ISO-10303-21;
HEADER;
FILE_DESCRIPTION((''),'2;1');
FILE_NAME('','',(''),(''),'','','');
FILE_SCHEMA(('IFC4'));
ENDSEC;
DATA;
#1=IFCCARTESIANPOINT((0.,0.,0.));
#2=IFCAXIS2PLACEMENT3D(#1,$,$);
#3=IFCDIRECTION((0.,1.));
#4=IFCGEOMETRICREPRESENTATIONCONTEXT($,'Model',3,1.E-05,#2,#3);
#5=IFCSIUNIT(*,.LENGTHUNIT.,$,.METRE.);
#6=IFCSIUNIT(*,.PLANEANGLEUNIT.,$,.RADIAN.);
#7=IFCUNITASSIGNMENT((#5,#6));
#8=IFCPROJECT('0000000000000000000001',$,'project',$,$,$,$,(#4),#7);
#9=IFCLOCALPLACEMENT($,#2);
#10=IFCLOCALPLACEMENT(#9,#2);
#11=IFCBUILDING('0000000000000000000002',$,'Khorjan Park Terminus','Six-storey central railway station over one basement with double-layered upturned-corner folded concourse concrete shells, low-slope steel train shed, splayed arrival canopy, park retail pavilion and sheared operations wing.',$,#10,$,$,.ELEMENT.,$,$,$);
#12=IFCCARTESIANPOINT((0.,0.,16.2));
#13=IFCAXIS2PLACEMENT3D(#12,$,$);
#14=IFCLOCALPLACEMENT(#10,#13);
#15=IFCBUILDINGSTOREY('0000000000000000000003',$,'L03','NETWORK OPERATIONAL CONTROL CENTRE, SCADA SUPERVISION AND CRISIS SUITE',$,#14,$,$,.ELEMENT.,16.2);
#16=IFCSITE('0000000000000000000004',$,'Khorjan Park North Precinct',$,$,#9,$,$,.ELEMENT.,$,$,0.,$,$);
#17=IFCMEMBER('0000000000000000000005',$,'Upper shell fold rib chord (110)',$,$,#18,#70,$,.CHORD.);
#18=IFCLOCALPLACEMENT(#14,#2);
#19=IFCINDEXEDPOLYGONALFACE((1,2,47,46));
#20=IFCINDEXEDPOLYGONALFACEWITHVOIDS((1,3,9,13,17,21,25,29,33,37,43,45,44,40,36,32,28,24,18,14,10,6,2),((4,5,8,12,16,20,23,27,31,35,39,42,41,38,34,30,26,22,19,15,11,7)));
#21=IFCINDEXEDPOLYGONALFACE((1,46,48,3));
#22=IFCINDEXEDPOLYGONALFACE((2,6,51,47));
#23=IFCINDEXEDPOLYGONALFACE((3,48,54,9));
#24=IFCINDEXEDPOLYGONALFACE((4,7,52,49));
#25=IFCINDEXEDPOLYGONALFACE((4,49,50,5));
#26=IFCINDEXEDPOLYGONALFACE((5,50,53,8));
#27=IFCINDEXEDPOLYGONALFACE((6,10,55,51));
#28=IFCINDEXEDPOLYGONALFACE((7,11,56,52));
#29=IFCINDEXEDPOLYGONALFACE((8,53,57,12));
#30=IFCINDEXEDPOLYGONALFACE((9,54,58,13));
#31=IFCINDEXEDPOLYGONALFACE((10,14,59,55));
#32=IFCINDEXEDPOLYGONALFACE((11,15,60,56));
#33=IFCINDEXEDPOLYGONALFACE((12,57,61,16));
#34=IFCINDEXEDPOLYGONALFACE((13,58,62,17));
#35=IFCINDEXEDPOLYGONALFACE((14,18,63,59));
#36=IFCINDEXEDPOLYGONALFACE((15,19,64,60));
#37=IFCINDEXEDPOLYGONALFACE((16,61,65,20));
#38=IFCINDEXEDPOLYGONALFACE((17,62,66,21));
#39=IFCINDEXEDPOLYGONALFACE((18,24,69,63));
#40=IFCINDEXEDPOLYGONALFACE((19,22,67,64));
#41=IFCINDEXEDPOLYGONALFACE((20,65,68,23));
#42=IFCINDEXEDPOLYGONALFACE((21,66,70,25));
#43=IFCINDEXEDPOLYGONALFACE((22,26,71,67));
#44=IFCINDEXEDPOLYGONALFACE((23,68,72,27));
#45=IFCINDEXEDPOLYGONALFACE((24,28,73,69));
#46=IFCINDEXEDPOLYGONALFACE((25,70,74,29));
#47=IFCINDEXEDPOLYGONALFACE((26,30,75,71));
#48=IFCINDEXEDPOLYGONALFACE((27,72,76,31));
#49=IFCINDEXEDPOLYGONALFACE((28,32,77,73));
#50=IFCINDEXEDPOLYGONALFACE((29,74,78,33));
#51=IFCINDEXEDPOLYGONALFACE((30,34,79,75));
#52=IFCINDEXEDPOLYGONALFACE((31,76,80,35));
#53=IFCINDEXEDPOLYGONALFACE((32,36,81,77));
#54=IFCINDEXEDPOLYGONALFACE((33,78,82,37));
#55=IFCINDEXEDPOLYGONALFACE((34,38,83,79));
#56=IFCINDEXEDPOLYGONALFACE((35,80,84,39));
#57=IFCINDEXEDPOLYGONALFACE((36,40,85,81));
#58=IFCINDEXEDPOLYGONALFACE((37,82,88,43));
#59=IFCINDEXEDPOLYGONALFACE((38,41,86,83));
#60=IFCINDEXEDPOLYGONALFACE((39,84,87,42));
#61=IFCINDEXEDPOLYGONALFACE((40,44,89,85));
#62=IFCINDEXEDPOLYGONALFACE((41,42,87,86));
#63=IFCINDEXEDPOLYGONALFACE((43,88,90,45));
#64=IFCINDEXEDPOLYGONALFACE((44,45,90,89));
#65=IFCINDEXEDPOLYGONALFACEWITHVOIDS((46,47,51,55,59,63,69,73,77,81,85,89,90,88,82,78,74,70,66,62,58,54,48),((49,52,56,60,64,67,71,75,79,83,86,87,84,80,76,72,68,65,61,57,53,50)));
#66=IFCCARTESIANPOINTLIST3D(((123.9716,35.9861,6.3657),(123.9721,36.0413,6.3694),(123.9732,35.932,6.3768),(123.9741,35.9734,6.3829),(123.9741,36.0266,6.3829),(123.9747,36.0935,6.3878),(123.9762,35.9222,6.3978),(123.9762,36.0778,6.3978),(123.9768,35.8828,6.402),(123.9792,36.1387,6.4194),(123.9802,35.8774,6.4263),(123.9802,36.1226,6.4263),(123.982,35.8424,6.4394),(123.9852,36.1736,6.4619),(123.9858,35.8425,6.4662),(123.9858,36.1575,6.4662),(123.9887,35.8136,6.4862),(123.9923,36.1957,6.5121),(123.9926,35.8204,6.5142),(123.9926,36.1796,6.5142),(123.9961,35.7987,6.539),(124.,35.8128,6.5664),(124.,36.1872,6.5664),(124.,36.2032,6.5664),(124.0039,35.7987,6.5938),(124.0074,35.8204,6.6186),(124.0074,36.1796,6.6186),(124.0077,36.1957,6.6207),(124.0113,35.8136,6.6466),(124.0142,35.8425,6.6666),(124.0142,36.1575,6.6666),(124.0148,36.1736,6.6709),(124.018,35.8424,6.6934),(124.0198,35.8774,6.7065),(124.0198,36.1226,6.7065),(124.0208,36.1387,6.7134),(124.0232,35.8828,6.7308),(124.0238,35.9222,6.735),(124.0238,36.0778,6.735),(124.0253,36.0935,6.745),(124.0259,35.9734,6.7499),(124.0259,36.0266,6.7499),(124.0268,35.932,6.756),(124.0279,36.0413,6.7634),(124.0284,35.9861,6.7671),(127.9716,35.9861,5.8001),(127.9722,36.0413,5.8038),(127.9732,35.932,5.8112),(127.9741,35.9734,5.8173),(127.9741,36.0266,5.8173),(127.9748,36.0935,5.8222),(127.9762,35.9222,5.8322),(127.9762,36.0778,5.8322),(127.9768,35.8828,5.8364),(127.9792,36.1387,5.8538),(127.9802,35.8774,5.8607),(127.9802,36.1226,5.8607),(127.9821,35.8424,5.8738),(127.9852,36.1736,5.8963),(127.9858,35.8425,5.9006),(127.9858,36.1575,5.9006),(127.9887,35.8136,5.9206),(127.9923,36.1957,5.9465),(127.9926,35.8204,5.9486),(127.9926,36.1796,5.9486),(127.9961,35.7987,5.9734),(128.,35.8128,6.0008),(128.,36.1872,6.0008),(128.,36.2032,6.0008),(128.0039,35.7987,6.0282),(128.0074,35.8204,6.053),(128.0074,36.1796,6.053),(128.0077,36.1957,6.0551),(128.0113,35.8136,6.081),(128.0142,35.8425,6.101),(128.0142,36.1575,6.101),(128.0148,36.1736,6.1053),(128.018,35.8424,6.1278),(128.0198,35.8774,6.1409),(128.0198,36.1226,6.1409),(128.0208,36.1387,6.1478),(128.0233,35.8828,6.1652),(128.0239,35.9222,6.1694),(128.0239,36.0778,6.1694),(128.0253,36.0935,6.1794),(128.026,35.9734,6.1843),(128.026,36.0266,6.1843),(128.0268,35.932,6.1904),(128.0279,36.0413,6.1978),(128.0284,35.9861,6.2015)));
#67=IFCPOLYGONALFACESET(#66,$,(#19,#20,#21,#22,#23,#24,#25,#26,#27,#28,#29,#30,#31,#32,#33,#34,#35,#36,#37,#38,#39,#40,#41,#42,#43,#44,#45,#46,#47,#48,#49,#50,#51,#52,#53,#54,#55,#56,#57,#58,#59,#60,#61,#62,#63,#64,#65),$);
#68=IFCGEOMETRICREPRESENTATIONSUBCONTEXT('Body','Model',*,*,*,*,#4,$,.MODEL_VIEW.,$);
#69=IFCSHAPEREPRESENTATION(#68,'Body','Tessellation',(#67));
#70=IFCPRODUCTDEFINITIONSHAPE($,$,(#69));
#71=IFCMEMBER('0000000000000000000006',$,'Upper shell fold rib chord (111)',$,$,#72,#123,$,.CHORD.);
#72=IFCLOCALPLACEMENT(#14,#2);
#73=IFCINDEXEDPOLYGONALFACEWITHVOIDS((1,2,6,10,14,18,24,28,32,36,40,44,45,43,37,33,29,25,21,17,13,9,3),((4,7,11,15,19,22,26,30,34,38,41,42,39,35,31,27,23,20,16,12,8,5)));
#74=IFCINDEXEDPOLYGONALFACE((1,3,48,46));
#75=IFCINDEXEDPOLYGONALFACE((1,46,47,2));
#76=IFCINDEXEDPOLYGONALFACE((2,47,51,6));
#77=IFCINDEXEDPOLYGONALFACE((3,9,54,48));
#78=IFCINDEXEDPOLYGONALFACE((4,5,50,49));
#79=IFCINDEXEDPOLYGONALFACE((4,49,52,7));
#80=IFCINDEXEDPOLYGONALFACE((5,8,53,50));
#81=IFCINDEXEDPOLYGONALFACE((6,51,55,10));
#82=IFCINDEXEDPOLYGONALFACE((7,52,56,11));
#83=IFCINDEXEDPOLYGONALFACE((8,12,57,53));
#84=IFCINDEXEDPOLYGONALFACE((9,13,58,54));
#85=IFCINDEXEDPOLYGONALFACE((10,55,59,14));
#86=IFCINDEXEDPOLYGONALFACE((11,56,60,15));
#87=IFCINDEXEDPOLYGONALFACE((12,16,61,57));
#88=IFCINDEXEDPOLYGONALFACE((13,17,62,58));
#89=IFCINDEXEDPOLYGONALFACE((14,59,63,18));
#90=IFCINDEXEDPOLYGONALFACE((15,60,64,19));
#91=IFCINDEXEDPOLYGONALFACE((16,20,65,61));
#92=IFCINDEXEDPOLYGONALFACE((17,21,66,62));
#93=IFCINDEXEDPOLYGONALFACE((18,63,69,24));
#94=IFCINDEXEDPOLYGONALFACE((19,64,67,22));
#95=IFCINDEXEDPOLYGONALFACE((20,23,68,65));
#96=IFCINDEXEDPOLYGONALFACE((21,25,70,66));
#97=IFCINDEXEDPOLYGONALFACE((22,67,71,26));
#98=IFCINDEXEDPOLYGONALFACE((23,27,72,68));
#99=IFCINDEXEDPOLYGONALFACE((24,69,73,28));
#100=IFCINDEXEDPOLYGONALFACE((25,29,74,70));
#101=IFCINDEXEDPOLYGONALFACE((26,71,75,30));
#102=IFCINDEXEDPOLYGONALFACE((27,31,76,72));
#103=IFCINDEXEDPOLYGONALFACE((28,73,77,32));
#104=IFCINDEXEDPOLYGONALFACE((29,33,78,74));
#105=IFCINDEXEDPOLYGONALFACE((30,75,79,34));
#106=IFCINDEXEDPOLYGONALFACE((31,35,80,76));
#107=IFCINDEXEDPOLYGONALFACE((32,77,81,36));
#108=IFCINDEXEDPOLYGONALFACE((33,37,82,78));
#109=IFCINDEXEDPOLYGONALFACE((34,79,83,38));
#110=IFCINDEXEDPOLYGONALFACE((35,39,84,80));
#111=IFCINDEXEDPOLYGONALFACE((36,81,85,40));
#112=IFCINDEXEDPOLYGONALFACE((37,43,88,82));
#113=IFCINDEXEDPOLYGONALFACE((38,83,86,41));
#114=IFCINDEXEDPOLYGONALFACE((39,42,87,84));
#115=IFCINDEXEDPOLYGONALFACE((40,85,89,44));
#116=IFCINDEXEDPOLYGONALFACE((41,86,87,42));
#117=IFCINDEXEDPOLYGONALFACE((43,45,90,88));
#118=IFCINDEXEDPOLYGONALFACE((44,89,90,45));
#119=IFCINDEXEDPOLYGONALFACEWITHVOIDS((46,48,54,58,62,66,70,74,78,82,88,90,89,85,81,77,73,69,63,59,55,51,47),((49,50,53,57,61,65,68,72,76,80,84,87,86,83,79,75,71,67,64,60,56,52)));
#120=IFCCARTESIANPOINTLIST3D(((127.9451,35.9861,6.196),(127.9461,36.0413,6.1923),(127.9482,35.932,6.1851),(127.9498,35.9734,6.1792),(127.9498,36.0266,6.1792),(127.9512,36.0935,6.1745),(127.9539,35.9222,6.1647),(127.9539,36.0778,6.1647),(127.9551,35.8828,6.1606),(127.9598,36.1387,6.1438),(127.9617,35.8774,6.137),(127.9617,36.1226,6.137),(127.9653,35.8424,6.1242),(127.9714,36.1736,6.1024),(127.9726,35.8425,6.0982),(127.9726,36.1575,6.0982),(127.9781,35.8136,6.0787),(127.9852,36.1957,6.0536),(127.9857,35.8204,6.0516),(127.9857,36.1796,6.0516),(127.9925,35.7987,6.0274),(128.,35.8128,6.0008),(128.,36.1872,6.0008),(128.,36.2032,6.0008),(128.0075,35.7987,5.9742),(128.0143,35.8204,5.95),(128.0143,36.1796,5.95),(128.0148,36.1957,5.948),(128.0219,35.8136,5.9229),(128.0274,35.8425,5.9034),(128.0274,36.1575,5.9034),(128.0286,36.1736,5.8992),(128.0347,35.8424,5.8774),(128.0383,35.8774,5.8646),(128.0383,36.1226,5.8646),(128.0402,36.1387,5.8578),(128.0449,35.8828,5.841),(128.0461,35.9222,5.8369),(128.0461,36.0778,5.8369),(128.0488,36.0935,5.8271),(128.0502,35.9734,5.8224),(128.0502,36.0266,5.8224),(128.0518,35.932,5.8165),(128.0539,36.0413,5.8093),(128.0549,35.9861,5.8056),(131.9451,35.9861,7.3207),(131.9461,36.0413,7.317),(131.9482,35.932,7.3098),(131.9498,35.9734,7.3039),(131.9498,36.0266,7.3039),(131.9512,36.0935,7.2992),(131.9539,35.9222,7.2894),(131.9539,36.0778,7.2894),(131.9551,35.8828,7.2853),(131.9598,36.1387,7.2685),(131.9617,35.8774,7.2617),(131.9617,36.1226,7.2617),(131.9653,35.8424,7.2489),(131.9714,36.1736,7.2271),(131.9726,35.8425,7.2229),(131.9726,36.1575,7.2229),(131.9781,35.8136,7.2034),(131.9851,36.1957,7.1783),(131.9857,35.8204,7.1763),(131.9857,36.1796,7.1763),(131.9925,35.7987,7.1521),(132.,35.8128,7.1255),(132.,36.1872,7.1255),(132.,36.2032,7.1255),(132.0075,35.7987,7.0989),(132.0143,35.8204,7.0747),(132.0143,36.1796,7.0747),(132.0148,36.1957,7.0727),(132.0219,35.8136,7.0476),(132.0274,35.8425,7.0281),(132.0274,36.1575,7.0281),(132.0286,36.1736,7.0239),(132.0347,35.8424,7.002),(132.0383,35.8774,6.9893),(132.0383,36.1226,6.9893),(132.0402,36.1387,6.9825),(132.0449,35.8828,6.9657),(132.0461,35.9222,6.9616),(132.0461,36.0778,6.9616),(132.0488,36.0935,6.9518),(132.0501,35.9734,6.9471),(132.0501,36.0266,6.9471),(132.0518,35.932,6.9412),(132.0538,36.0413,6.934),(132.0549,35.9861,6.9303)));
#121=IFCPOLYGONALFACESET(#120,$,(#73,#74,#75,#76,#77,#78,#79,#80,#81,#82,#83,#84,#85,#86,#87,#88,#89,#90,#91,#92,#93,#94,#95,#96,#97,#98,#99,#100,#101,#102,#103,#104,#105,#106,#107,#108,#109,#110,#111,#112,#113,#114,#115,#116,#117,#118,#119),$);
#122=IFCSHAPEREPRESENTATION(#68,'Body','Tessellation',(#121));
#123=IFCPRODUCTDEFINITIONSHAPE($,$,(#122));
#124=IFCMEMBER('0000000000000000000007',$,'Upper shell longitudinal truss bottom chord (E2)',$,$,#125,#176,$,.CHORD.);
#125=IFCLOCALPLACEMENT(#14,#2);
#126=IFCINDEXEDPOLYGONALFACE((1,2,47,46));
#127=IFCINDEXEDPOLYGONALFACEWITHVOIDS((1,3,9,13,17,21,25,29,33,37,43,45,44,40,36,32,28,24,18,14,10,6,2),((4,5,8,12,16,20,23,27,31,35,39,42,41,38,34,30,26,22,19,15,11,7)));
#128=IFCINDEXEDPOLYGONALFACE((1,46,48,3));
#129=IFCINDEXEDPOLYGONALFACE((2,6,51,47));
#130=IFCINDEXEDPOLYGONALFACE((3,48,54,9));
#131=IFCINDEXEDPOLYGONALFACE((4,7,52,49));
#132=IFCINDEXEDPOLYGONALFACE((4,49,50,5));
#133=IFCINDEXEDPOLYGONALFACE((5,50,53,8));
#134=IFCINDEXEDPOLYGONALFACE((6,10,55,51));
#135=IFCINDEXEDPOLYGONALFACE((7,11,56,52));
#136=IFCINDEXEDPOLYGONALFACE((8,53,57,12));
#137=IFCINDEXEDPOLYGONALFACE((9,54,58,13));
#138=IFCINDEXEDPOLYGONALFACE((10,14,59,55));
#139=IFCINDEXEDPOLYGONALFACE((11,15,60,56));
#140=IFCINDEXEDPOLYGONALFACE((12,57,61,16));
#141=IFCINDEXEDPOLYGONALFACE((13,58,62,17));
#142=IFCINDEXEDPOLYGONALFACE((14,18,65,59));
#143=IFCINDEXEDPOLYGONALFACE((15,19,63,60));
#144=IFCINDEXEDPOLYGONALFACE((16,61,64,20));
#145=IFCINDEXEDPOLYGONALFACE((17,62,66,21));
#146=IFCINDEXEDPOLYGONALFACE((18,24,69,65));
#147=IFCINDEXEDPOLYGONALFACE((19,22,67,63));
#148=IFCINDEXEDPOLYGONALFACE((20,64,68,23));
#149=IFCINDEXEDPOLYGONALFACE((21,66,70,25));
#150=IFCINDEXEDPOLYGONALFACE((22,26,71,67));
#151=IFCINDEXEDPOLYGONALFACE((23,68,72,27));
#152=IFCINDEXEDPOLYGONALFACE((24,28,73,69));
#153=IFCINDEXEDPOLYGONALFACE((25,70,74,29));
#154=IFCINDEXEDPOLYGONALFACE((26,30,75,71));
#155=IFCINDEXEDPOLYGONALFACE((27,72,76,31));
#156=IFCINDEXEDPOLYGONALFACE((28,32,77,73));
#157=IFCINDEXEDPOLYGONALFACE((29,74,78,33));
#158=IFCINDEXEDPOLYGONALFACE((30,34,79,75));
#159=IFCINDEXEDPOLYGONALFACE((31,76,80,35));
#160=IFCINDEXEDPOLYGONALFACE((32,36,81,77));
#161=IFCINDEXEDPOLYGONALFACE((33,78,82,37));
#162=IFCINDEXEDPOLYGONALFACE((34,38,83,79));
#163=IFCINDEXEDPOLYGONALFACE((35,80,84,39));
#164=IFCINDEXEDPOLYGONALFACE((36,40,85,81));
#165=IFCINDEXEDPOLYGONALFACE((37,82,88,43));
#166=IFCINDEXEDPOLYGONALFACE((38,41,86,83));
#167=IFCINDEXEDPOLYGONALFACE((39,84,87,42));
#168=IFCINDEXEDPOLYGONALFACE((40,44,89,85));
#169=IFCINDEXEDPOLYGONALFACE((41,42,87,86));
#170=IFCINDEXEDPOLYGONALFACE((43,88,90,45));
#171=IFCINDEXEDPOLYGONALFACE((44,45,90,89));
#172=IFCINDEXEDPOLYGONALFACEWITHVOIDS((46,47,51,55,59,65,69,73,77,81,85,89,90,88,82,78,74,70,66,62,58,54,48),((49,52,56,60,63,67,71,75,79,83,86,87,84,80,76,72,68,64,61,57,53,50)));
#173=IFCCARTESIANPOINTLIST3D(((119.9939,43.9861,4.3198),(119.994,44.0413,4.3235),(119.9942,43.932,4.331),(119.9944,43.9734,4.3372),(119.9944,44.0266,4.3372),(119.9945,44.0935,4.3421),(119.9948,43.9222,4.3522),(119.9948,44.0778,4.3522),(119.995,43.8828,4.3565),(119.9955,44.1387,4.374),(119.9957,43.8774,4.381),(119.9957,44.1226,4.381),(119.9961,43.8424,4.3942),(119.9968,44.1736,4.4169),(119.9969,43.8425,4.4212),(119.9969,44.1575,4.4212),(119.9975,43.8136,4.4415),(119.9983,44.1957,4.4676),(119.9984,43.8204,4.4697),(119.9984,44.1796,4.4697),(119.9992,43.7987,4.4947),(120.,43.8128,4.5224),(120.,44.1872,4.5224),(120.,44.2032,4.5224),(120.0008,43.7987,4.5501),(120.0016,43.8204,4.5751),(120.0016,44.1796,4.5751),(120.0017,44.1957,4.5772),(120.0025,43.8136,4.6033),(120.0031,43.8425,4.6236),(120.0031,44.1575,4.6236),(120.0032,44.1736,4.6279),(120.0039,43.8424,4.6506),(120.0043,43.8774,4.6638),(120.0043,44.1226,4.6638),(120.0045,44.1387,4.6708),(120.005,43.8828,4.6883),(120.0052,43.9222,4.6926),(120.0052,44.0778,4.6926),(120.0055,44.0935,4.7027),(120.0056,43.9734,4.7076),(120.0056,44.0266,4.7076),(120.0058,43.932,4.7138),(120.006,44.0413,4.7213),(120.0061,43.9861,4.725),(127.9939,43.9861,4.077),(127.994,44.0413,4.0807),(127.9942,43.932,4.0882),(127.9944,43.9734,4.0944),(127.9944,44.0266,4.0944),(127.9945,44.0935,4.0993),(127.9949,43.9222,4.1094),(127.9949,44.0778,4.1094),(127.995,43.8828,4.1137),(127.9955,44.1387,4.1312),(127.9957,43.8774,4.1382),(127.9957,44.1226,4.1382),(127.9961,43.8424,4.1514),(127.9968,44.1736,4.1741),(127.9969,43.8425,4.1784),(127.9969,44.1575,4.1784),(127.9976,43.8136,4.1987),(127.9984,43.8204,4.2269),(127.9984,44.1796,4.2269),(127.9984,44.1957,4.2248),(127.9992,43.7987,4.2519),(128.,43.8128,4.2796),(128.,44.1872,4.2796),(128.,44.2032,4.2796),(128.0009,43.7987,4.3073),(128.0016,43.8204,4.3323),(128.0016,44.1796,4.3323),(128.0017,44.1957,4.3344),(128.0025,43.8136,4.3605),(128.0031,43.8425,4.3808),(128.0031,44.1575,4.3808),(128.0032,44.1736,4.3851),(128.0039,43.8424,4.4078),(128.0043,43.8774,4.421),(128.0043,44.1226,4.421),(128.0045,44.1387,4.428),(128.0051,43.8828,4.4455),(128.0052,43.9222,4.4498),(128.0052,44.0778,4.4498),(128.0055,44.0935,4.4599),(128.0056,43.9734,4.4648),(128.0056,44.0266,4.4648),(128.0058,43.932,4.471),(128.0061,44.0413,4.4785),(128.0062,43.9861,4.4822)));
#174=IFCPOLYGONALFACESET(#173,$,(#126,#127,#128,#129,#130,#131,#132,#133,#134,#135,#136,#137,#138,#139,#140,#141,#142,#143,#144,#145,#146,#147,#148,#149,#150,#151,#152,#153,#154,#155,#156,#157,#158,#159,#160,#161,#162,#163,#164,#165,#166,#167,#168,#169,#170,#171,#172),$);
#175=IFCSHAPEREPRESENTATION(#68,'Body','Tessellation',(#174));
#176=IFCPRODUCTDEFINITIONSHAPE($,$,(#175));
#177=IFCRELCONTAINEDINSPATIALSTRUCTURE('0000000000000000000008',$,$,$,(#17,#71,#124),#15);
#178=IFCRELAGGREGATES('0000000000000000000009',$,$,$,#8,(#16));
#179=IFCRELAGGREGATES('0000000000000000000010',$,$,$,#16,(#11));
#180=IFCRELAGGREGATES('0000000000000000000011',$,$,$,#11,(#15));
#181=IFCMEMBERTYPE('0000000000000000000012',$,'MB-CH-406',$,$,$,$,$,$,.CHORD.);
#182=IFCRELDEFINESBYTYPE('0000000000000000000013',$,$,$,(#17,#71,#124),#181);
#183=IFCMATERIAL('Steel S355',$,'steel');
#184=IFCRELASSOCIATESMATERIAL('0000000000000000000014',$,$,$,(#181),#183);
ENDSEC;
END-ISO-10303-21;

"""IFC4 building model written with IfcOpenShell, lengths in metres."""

from ifc_helpers import new_model, si_unit, direction, frame, origin, origin_2d, place, context, subcontext, project, spatial, hollow_circle, extrude, material, material_profile, profile_set, type_object, element, save


model = new_model("IFC4")

# Units and contexts
model_context = context("Model", 3, precision=1e-05, world=origin(), true_north=direction((0.0, 1.0)))
body_context = subcontext(model_context, "Body", "Model", "MODEL_VIEW")
ifc_project = project(units=[si_unit("LENGTHUNIT", "METRE"), si_unit("PLANEANGLEUNIT", "RADIAN")], contexts=[model_context])

# Site, building, storey
site_placement = place(None, origin())
site = spatial("IfcSite", under=ifc_project, at=site_placement, Name="Khorjan Park North Precinct", CompositionType="ELEMENT", RefElevation=0.0)
building_placement = place(site_placement, origin())
building = spatial("IfcBuilding", under=site, at=building_placement, Name="Khorjan Park Terminus", Description="Six-storey central railway station over one basement with double-layered upturned-corner folded concourse concrete shells, low-slope steel train shed, splayed arrival canopy, park retail pavilion and sheared operations wing.", CompositionType="ELEMENT")
storey_placement = place(building_placement, frame((0.0, 0.0, 16.2)))
storey = spatial("IfcBuildingStorey", under=building, at=storey_placement, Name="L03", Description="NETWORK OPERATIONAL CONTROL CENTRE, SCADA SUPERVISION AND CRISIS SUITE", CompositionType="ELEMENT", Elevation=16.2)

# Members
ifc_material = material(Name="Steel S355", Category="steel")
ifc_material_profile_1 = material_profile(ifc_material, hollow_circle(Radius=0.2032, WallThickness=0.016, at=origin_2d()), Name="CHS 406.4x16")
ifc_profile_set_1 = profile_set([ifc_material_profile_1], Name="Steel S355")
member_type_1 = type_object("IfcMemberType", Name="MB-CH-406", PredefinedType="CHORD", material=ifc_profile_set_1)
member_1_placement = place(storey_placement, frame((124.0, 36.0, 6.5664), z_axis=(0.99015, 0.0, -0.140007), x_axis=(0.0, 1.0, 0.0)))
element("IfcMember", 1, at=member_1_placement, inside=storey, type_object=member_type_1, Name="Upper shell fold rib chord (110)", PredefinedType="CHORD", context=body_context, shape_type="SweptSolid", body=[
    extrude(hollow_circle(Radius=0.2032, WallThickness=0.016, at=origin_2d()), origin(), (0.0, 0.0, 1.0), 4.0398),
])
member_2_placement = place(storey_placement, frame((128.0, 36.0, 6.0008), z_axis=(0.96267, 0.0, 0.270679), x_axis=(0.0, 1.0, 0.0)))
element("IfcMember", 2, at=member_2_placement, inside=storey, type_object=member_type_1, Name="Upper shell fold rib chord (111)", PredefinedType="CHORD", context=body_context, shape_type="SweptSolid", body=[
    extrude(hollow_circle(Radius=0.2032, WallThickness=0.016, at=origin_2d()), origin(), (0.0, 0.0, 1.0), 4.1551),
])
member_3_placement = place(storey_placement, frame((120.0, 44.0, 4.5224), z_axis=(0.99954, 0.0, -0.030336), x_axis=(0.0, 1.0, 0.0)))
element("IfcMember", 3, at=member_3_placement, inside=storey, type_object=member_type_1, Name="Upper shell longitudinal truss bottom chord (E2)", PredefinedType="CHORD", context=body_context, shape_type="SweptSolid", body=[
    extrude(hollow_circle(Radius=0.2032, WallThickness=0.016, at=origin_2d()), origin(), (0.0, 0.0, 1.0), 8.0037),
])

save(model, "model.ifc")
